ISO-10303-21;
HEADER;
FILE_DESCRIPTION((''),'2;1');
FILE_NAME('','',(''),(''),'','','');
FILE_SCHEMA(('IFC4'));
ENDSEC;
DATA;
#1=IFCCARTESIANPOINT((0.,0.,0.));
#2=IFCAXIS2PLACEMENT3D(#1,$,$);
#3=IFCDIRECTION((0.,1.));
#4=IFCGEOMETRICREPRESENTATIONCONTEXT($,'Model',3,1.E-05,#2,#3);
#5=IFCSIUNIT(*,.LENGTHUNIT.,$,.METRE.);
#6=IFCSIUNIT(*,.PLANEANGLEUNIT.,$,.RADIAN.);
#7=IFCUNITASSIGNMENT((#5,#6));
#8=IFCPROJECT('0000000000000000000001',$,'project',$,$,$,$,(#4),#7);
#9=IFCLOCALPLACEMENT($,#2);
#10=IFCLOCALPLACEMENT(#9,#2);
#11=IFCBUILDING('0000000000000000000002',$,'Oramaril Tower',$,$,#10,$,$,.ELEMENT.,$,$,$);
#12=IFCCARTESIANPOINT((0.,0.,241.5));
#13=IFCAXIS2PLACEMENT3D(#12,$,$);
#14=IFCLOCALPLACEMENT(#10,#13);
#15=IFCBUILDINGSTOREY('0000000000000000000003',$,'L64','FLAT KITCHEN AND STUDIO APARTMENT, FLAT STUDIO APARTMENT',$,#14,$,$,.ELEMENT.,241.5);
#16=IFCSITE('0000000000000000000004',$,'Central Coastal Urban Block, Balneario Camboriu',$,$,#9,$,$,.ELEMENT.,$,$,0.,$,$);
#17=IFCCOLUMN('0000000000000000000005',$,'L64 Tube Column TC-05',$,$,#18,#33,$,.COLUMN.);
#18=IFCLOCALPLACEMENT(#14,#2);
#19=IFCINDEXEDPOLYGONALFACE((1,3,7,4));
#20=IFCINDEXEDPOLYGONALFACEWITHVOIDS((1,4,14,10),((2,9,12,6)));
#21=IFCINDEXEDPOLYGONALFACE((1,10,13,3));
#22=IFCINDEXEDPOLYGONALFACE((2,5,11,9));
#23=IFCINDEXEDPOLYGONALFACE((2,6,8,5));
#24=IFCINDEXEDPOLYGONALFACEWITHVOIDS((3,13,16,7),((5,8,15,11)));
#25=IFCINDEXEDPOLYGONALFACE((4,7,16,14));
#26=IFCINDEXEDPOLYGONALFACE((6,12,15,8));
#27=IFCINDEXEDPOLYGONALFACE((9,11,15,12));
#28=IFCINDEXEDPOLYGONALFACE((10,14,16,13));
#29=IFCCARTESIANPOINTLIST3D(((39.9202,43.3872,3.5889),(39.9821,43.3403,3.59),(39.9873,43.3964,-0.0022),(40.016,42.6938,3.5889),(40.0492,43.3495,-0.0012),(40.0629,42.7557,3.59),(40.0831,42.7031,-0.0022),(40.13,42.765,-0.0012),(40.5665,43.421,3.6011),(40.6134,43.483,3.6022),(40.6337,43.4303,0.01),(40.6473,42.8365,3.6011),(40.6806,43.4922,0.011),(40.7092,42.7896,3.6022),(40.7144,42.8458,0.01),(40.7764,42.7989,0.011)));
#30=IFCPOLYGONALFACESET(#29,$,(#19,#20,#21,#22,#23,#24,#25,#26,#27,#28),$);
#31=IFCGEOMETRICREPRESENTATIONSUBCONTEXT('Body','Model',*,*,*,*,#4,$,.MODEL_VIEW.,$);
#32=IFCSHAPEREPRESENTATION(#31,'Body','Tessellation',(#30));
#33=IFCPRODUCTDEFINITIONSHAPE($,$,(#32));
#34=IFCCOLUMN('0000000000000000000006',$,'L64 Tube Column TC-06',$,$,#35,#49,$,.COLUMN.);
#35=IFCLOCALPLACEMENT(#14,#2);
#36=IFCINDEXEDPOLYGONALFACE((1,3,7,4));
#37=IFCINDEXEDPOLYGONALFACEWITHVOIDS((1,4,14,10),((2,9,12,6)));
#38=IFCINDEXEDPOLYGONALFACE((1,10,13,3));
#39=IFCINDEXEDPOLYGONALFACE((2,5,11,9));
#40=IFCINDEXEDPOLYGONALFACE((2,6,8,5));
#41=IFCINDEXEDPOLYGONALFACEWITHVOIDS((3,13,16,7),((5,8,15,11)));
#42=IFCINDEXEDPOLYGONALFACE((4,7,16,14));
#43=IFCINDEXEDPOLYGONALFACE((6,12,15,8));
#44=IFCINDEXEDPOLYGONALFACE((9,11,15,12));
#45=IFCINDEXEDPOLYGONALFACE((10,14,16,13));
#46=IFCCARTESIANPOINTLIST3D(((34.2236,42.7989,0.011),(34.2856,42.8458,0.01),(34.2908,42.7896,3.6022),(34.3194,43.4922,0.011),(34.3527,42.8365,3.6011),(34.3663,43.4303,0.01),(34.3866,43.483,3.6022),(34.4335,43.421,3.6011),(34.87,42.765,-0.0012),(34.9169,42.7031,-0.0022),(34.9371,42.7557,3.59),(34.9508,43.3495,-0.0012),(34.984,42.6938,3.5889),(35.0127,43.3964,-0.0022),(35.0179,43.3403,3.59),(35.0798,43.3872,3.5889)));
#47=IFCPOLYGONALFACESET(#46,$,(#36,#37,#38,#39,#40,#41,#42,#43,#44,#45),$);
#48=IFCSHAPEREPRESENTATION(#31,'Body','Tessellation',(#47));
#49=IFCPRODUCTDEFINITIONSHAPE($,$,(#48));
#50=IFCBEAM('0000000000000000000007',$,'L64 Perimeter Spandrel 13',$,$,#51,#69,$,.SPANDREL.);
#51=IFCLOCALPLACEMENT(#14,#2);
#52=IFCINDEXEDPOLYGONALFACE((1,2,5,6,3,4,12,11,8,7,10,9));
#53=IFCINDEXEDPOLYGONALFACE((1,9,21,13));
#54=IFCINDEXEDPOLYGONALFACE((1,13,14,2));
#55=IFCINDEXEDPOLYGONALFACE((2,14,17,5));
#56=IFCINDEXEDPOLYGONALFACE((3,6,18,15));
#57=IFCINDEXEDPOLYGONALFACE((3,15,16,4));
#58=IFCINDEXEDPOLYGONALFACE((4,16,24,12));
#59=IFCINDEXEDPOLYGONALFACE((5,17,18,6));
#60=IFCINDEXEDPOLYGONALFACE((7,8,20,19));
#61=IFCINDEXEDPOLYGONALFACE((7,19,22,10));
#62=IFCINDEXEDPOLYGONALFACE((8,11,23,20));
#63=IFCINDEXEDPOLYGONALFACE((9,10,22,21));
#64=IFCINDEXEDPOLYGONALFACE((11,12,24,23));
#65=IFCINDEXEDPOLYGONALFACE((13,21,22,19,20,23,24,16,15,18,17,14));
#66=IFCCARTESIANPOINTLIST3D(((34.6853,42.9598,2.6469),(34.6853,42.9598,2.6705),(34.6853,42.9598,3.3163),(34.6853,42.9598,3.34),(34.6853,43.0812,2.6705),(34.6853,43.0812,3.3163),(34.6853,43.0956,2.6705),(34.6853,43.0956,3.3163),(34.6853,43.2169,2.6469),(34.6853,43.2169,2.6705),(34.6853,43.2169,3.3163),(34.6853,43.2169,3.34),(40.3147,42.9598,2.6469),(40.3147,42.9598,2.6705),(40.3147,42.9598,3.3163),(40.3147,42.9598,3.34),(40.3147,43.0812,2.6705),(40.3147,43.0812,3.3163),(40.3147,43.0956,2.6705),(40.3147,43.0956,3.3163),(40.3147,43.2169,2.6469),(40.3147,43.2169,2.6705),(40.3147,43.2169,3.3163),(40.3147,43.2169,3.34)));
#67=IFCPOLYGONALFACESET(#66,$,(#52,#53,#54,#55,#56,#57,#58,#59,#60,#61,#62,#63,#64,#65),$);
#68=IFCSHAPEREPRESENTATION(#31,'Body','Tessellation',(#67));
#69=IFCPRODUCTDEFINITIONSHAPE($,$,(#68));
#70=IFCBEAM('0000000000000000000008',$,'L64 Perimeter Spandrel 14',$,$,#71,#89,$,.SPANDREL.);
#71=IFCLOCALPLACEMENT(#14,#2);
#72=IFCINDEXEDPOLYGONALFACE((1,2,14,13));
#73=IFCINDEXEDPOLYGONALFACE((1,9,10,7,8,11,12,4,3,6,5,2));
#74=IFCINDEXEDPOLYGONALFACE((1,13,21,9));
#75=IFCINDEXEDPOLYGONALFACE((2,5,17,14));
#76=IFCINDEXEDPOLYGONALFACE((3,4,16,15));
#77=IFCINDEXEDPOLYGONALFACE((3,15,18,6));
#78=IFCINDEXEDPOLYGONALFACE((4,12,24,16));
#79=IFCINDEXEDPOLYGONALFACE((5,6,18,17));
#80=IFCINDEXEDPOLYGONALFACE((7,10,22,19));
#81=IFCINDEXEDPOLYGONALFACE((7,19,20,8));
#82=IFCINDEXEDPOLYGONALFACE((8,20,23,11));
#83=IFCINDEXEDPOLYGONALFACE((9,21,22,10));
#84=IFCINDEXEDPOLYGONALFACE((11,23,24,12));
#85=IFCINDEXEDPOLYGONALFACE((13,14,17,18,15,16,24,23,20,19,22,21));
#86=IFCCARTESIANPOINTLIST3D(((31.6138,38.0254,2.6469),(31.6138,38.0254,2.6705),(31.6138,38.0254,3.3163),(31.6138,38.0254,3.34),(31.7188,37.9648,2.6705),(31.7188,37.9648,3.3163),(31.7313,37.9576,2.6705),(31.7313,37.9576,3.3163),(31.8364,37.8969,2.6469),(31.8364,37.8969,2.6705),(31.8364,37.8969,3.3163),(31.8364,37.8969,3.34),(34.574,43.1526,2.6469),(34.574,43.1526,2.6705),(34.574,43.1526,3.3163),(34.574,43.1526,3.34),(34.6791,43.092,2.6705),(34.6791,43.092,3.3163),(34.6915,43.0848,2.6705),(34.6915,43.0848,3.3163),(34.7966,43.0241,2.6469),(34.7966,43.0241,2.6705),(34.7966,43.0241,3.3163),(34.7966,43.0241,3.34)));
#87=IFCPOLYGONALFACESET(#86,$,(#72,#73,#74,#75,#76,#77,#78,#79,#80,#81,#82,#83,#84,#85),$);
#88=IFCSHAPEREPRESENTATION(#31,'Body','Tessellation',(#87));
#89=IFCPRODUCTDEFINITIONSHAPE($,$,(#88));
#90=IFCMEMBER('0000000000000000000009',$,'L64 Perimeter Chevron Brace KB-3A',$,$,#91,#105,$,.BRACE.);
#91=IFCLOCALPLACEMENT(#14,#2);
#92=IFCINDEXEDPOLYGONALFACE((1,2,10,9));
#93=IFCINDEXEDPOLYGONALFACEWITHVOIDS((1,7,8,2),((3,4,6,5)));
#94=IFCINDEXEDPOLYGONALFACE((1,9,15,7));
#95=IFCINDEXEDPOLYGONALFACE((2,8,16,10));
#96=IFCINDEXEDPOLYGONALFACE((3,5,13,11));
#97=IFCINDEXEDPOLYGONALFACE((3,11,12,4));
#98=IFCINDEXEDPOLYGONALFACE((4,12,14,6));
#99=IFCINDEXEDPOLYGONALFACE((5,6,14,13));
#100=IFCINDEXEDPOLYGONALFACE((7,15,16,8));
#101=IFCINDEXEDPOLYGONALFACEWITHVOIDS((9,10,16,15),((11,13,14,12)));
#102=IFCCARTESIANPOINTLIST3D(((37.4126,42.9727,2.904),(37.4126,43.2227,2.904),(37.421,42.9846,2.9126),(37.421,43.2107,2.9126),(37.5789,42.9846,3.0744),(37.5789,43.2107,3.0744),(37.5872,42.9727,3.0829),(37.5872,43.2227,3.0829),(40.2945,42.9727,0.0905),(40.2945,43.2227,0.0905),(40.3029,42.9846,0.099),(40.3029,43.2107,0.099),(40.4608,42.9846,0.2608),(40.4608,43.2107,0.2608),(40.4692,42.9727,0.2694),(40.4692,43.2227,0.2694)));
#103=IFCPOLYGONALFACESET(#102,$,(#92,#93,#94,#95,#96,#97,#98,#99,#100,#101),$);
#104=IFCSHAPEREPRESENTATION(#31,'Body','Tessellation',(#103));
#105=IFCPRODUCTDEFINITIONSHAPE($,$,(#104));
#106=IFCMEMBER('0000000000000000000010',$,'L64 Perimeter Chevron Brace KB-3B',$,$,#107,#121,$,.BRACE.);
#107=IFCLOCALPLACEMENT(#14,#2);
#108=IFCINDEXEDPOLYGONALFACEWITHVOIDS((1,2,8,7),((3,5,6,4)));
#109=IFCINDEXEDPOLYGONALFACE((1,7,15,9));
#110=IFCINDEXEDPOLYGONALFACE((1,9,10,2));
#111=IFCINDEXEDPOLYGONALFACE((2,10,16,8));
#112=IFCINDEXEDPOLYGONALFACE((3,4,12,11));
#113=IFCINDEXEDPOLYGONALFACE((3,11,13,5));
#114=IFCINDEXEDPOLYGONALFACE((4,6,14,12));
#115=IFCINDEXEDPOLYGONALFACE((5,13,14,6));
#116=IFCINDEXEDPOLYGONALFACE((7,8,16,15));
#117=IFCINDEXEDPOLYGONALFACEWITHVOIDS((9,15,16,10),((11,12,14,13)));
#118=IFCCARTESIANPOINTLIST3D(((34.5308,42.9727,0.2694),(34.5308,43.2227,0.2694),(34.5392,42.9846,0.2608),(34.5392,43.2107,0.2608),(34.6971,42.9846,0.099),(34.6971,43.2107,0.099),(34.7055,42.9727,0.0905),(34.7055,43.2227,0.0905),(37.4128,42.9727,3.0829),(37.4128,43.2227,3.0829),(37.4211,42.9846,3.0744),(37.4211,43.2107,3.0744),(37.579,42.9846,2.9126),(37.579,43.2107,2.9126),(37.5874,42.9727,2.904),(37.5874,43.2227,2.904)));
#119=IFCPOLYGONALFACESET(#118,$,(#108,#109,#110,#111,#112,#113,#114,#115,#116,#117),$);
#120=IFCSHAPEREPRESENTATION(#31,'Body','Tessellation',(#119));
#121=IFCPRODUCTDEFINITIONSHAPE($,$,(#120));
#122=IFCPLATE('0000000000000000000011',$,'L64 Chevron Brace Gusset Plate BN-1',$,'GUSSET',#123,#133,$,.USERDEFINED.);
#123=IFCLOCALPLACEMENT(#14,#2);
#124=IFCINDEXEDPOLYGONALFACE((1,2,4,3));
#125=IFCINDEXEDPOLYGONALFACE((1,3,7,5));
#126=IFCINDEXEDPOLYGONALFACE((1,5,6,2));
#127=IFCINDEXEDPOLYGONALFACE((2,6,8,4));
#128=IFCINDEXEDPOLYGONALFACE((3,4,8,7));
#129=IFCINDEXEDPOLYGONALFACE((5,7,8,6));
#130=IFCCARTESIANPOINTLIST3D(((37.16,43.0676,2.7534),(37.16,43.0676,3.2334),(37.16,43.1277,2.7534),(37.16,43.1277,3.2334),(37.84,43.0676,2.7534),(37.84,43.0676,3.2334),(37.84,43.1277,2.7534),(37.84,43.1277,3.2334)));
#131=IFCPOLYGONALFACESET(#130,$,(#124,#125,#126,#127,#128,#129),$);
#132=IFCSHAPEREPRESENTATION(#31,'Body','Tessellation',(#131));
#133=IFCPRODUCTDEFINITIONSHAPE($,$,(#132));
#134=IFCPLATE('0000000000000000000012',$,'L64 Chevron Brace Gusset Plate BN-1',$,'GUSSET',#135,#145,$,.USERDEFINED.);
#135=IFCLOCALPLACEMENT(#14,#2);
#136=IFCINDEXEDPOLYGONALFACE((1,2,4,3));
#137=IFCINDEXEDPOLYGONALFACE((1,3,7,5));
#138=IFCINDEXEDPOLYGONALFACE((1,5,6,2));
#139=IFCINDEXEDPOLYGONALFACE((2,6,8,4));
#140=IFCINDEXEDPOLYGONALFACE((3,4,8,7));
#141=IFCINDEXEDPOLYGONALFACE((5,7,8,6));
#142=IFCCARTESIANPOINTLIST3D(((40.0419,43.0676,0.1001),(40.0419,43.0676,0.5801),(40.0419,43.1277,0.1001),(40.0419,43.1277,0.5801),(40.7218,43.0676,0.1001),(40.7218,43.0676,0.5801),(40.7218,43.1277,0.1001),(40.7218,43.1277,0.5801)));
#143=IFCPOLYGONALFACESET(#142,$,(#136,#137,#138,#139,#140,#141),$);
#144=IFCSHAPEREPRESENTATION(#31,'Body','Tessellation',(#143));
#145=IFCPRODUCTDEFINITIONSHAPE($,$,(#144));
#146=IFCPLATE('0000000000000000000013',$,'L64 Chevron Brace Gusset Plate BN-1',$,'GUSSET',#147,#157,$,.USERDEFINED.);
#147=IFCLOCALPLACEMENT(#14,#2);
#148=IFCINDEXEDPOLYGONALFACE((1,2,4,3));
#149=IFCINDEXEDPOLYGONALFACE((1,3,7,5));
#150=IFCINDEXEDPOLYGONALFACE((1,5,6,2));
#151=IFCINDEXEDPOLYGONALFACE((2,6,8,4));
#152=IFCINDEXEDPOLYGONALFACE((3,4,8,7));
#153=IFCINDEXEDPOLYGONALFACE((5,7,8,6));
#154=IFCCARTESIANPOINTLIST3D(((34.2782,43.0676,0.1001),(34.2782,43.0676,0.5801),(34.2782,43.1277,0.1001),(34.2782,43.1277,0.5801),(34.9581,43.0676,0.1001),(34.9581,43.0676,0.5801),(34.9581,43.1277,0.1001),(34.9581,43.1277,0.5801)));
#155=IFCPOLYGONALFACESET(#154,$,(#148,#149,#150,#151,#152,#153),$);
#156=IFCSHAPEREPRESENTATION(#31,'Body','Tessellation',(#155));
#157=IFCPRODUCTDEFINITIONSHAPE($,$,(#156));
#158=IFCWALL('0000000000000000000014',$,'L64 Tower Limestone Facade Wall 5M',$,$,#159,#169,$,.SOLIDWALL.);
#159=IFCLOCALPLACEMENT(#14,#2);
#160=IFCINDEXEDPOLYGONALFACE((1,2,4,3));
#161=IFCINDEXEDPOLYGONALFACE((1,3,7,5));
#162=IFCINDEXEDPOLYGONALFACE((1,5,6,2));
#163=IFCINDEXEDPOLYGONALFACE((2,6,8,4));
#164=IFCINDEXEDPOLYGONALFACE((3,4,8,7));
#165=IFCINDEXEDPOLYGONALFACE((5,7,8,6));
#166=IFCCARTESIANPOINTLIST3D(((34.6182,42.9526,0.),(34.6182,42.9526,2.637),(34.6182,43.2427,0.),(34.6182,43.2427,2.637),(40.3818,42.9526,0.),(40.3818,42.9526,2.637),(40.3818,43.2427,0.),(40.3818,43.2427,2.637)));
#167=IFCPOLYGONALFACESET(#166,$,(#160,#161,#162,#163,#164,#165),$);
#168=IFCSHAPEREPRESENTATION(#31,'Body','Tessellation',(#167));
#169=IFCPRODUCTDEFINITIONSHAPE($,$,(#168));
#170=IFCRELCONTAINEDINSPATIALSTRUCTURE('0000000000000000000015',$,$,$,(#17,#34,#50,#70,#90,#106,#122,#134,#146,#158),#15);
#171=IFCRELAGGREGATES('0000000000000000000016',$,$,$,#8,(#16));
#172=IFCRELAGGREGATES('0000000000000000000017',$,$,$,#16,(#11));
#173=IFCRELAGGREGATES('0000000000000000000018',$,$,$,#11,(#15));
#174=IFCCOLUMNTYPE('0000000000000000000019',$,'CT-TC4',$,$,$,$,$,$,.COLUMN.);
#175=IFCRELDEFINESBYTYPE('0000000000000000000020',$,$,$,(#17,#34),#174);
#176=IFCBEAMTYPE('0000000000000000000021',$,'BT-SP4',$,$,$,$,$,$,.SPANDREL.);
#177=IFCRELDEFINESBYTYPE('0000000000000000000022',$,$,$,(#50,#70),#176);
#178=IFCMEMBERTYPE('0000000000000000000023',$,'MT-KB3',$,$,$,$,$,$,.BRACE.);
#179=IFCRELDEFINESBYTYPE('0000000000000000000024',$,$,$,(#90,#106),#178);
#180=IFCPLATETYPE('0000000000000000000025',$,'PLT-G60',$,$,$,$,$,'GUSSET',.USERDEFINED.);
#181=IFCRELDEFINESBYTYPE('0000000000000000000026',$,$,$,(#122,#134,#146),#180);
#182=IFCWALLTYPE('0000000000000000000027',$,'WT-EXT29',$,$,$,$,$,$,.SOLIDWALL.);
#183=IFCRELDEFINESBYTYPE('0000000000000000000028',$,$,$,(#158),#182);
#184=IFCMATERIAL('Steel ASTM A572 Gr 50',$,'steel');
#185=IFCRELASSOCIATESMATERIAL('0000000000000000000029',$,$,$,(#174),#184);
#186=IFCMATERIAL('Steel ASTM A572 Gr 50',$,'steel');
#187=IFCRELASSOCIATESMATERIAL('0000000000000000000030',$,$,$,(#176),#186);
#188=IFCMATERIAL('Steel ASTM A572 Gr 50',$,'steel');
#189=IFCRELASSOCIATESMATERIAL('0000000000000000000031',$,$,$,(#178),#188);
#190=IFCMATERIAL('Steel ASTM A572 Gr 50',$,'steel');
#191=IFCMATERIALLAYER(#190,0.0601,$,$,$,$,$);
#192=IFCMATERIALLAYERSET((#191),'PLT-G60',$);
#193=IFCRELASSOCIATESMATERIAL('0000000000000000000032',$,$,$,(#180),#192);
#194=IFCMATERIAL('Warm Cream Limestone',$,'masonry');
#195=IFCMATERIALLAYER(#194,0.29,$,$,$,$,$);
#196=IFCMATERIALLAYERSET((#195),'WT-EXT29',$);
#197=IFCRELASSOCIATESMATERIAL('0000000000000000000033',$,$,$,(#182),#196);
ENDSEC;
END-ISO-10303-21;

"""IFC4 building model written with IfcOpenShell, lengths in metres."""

from ifc_helpers import new_model, si_unit, direction, frame, frame_2d, origin, origin_2d, place, context, subcontext, project, spatial, rectangle, hollow_rectangle, i_section, extrude, material, layer, layer_set, material_profile, profile_set, type_object, element, save


model = new_model("IFC4")

# Units and contexts
model_context = context("Model", 3, precision=1e-05, world=origin(), true_north=direction((0.0, 1.0)))
body_context = subcontext(model_context, "Body", "Model", "MODEL_VIEW")
ifc_project = project(units=[si_unit("LENGTHUNIT", "METRE"), si_unit("PLANEANGLEUNIT", "RADIAN")], contexts=[model_context])

# Site, building, storey
site_placement = place(None, origin())
site = spatial("IfcSite", under=ifc_project, at=site_placement, Name="Central Coastal Urban Block, Balneario Camboriu", CompositionType="ELEMENT", RefElevation=0.0)
building_placement = place(site_placement, origin())
building = spatial("IfcBuilding", under=site, at=building_placement, Name="Oramaril Tower", CompositionType="ELEMENT")
storey_placement = place(building_placement, frame((0.0, 0.0, 241.5)))
storey = spatial("IfcBuildingStorey", under=building, at=storey_placement, Name="L64", Description="FLAT KITCHEN AND STUDIO APARTMENT, FLAT STUDIO APARTMENT", CompositionType="ELEMENT", Elevation=241.5)

# Columns
ifc_material_1 = material(Name="Steel ASTM A572 Gr 50", Category="steel")
ifc_material_profile_1 = material_profile(ifc_material_1, hollow_rectangle(XDim=0.7, YDim=0.7, WallThickness=0.0549, at=origin_2d()), Name="BOX700X700X55")
ifc_profile_set_1 = profile_set([ifc_material_profile_1], Name="Steel ASTM A572 Gr 50")
column_type = type_object("IfcColumnType", Name="CT-TC4", PredefinedType="COLUMN", material=ifc_profile_set_1)
for number, where, z_axis, x_axis, name in (
    (1, (40.3818, 43.0977, 0.0044), (-0.018693, -0.002583, 0.999822), (0.136881, -0.990587, 0.0), "L64 Tube Column TC-05"),
    (2, (34.6182, 43.0977, 0.0044), (0.018693, -0.002583, 0.999822), (0.136881, 0.990587, 0.0), "L64 Tube Column TC-06"),
):
    element("IfcColumn", number, at=place(storey_placement, frame(where, z_axis=z_axis, x_axis=x_axis)), inside=storey, type_object=column_type, Name=name, PredefinedType="COLUMN", context=body_context, shape_type="SweptSolid", body=[
        extrude(hollow_rectangle(XDim=0.7, YDim=0.7, WallThickness=0.0549, at=origin_2d()), origin(), (0.0, 0.0, 1.0), 3.5918),
    ])

# Beams
ifc_material_2 = material(Name="Steel ASTM A572 Gr 50", Category="steel")
ifc_material_profile_2 = material_profile(ifc_material_2, i_section(OverallWidth=0.2571, OverallDepth=0.6931, WebThickness=0.0144, FlangeThickness=0.0237, at=origin_2d()), Name="W27X114")
ifc_profile_set_2 = profile_set([ifc_material_profile_2], Name="Steel ASTM A572 Gr 50")
beam_type = type_object("IfcBeamType", Name="BT-SP4", PredefinedType="SPANDREL", material=ifc_profile_set_2)
beam_1_placement = place(storey_placement, frame((40.3147, 43.0884, 2.9934), z_axis=(-1.0, 0.0, 0.0), x_axis=(0.0, -1.0, 0.0)))
element("IfcBeam", 3, at=beam_1_placement, inside=storey, type_object=beam_type, Name="L64 Perimeter Spandrel 13", PredefinedType="SPANDREL", context=body_context, shape_type="SweptSolid", body=[
    extrude(i_section(OverallWidth=0.2571, OverallDepth=0.6931, WebThickness=0.0144, FlangeThickness=0.0237, at=origin_2d()), origin(), (0.0, 0.0, 1.0), 5.6294),
])
beam_2_placement = place(storey_placement, frame((34.6853, 43.0884, 2.9934), z_axis=(-0.500002, -0.866024, 0.0), x_axis=(0.866024, -0.500002, 0.0)))
element("IfcBeam", 4, at=beam_2_placement, inside=storey, type_object=beam_type, Name="L64 Perimeter Spandrel 14", PredefinedType="SPANDREL", context=body_context, shape_type="SweptSolid", body=[
    extrude(i_section(OverallWidth=0.2571, OverallDepth=0.6931, WebThickness=0.0144, FlangeThickness=0.0237, at=origin_2d()), origin(), (0.0, 0.0, 1.0), 5.9204),
])

# Members
ifc_material_3 = material(Name="Steel ASTM A572 Gr 50", Category="steel")
ifc_material_profile_3 = material_profile(ifc_material_3, hollow_rectangle(XDim=0.25, YDim=0.25, WallThickness=0.012, at=origin_2d()), Name="HSS250X250X12")
ifc_profile_set_3 = profile_set([ifc_material_profile_3], Name="Steel ASTM A572 Gr 50")
member_type = type_object("IfcMemberType", Name="MT-KB3", PredefinedType="BRACE", material=ifc_profile_set_3)
for number, where, z_axis, x_axis, name in (
    (5, (40.3818, 43.0977, 0.1799), (-0.715542, 0.0, 0.698569), (0.0, -1.0, 0.0), "L64 Perimeter Chevron Brace KB-3A"),
    (6, (34.6182, 43.0977, 0.1799), (0.715542, 0.0, 0.698569), (0.0, 1.0, 0.0), "L64 Perimeter Chevron Brace KB-3B"),
):
    element("IfcMember", number, at=place(storey_placement, frame(where, z_axis=z_axis, x_axis=x_axis)), inside=storey, type_object=member_type, Name=name, PredefinedType="BRACE", context=body_context, shape_type="SweptSolid", body=[
        extrude(hollow_rectangle(XDim=0.25, YDim=0.25, WallThickness=0.012, at=origin_2d()), origin(), (0.0, 0.0, 1.0), 4.0276),
    ])

# Plates
ifc_material_4 = material(Name="Steel ASTM A572 Gr 50", Category="steel")
ifc_layer_1 = layer(ifc_material_4, 0.0601)
ifc_layer_set_1 = layer_set([ifc_layer_1], Name="PLT-G60")
plate_type = type_object("IfcPlateType", Name="PLT-G60", ElementType="GUSSET", PredefinedType="USERDEFINED", material=ifc_layer_set_1)
for number, where, z_axis, x_axis, name in (
    (7, (37.5, 43.0977, 2.7534), (0.0, 0.0, 1.0), (-1.0, 0.0, 0.0), "L64 Chevron Brace Gusset Plate BN-1"),
    (8, (40.3818, 43.0977, 0.1001), (0.0, 0.0, 1.0), (-1.0, 0.0, 0.0), "L64 Chevron Brace Gusset Plate BN-1"),
    (9, (34.6182, 43.0977, 0.1001), (0.0, 0.0, 1.0), (-1.0, 0.0, 0.0), "L64 Chevron Brace Gusset Plate BN-1"),
):
    element("IfcPlate", number, at=place(storey_placement, frame(where, z_axis=z_axis, x_axis=x_axis)), inside=storey, type_object=plate_type, Name=name, ObjectType="GUSSET", PredefinedType="USERDEFINED", context=body_context, shape_type="SweptSolid", body=[
        extrude(rectangle(XDim=0.6799, YDim=0.0601, at=origin_2d()), origin(), (0.0, 0.0, 1.0), 0.48),
    ])

# Wall
ifc_material_5 = material(Name="Warm Cream Limestone", Category="masonry")
ifc_layer_2 = layer(ifc_material_5, 0.29)
ifc_layer_set_2 = layer_set([ifc_layer_2], Name="WT-EXT29")
wall_type_1 = type_object("IfcWallType", Name="WT-EXT29", PredefinedType="SOLIDWALL", material=ifc_layer_set_2)
wall_1_placement = place(storey_placement, frame((40.3818, 43.0977, 0.0), z_axis=(0.0, 0.0, 1.0), x_axis=(-1.0, 0.0, 0.0)))
element("IfcWall", 10, at=wall_1_placement, inside=storey, type_object=wall_type_1, Name="L64 Tower Limestone Facade Wall 5M", PredefinedType="SOLIDWALL", context=body_context, shape_type="SweptSolid", body=[
    extrude(rectangle(XDim=5.7637, YDim=0.29, at=frame_2d((2.8818, 0.0))), origin(), (0.0, 0.0, 1.0), 2.637),
])

save(model, "model.ifc")
